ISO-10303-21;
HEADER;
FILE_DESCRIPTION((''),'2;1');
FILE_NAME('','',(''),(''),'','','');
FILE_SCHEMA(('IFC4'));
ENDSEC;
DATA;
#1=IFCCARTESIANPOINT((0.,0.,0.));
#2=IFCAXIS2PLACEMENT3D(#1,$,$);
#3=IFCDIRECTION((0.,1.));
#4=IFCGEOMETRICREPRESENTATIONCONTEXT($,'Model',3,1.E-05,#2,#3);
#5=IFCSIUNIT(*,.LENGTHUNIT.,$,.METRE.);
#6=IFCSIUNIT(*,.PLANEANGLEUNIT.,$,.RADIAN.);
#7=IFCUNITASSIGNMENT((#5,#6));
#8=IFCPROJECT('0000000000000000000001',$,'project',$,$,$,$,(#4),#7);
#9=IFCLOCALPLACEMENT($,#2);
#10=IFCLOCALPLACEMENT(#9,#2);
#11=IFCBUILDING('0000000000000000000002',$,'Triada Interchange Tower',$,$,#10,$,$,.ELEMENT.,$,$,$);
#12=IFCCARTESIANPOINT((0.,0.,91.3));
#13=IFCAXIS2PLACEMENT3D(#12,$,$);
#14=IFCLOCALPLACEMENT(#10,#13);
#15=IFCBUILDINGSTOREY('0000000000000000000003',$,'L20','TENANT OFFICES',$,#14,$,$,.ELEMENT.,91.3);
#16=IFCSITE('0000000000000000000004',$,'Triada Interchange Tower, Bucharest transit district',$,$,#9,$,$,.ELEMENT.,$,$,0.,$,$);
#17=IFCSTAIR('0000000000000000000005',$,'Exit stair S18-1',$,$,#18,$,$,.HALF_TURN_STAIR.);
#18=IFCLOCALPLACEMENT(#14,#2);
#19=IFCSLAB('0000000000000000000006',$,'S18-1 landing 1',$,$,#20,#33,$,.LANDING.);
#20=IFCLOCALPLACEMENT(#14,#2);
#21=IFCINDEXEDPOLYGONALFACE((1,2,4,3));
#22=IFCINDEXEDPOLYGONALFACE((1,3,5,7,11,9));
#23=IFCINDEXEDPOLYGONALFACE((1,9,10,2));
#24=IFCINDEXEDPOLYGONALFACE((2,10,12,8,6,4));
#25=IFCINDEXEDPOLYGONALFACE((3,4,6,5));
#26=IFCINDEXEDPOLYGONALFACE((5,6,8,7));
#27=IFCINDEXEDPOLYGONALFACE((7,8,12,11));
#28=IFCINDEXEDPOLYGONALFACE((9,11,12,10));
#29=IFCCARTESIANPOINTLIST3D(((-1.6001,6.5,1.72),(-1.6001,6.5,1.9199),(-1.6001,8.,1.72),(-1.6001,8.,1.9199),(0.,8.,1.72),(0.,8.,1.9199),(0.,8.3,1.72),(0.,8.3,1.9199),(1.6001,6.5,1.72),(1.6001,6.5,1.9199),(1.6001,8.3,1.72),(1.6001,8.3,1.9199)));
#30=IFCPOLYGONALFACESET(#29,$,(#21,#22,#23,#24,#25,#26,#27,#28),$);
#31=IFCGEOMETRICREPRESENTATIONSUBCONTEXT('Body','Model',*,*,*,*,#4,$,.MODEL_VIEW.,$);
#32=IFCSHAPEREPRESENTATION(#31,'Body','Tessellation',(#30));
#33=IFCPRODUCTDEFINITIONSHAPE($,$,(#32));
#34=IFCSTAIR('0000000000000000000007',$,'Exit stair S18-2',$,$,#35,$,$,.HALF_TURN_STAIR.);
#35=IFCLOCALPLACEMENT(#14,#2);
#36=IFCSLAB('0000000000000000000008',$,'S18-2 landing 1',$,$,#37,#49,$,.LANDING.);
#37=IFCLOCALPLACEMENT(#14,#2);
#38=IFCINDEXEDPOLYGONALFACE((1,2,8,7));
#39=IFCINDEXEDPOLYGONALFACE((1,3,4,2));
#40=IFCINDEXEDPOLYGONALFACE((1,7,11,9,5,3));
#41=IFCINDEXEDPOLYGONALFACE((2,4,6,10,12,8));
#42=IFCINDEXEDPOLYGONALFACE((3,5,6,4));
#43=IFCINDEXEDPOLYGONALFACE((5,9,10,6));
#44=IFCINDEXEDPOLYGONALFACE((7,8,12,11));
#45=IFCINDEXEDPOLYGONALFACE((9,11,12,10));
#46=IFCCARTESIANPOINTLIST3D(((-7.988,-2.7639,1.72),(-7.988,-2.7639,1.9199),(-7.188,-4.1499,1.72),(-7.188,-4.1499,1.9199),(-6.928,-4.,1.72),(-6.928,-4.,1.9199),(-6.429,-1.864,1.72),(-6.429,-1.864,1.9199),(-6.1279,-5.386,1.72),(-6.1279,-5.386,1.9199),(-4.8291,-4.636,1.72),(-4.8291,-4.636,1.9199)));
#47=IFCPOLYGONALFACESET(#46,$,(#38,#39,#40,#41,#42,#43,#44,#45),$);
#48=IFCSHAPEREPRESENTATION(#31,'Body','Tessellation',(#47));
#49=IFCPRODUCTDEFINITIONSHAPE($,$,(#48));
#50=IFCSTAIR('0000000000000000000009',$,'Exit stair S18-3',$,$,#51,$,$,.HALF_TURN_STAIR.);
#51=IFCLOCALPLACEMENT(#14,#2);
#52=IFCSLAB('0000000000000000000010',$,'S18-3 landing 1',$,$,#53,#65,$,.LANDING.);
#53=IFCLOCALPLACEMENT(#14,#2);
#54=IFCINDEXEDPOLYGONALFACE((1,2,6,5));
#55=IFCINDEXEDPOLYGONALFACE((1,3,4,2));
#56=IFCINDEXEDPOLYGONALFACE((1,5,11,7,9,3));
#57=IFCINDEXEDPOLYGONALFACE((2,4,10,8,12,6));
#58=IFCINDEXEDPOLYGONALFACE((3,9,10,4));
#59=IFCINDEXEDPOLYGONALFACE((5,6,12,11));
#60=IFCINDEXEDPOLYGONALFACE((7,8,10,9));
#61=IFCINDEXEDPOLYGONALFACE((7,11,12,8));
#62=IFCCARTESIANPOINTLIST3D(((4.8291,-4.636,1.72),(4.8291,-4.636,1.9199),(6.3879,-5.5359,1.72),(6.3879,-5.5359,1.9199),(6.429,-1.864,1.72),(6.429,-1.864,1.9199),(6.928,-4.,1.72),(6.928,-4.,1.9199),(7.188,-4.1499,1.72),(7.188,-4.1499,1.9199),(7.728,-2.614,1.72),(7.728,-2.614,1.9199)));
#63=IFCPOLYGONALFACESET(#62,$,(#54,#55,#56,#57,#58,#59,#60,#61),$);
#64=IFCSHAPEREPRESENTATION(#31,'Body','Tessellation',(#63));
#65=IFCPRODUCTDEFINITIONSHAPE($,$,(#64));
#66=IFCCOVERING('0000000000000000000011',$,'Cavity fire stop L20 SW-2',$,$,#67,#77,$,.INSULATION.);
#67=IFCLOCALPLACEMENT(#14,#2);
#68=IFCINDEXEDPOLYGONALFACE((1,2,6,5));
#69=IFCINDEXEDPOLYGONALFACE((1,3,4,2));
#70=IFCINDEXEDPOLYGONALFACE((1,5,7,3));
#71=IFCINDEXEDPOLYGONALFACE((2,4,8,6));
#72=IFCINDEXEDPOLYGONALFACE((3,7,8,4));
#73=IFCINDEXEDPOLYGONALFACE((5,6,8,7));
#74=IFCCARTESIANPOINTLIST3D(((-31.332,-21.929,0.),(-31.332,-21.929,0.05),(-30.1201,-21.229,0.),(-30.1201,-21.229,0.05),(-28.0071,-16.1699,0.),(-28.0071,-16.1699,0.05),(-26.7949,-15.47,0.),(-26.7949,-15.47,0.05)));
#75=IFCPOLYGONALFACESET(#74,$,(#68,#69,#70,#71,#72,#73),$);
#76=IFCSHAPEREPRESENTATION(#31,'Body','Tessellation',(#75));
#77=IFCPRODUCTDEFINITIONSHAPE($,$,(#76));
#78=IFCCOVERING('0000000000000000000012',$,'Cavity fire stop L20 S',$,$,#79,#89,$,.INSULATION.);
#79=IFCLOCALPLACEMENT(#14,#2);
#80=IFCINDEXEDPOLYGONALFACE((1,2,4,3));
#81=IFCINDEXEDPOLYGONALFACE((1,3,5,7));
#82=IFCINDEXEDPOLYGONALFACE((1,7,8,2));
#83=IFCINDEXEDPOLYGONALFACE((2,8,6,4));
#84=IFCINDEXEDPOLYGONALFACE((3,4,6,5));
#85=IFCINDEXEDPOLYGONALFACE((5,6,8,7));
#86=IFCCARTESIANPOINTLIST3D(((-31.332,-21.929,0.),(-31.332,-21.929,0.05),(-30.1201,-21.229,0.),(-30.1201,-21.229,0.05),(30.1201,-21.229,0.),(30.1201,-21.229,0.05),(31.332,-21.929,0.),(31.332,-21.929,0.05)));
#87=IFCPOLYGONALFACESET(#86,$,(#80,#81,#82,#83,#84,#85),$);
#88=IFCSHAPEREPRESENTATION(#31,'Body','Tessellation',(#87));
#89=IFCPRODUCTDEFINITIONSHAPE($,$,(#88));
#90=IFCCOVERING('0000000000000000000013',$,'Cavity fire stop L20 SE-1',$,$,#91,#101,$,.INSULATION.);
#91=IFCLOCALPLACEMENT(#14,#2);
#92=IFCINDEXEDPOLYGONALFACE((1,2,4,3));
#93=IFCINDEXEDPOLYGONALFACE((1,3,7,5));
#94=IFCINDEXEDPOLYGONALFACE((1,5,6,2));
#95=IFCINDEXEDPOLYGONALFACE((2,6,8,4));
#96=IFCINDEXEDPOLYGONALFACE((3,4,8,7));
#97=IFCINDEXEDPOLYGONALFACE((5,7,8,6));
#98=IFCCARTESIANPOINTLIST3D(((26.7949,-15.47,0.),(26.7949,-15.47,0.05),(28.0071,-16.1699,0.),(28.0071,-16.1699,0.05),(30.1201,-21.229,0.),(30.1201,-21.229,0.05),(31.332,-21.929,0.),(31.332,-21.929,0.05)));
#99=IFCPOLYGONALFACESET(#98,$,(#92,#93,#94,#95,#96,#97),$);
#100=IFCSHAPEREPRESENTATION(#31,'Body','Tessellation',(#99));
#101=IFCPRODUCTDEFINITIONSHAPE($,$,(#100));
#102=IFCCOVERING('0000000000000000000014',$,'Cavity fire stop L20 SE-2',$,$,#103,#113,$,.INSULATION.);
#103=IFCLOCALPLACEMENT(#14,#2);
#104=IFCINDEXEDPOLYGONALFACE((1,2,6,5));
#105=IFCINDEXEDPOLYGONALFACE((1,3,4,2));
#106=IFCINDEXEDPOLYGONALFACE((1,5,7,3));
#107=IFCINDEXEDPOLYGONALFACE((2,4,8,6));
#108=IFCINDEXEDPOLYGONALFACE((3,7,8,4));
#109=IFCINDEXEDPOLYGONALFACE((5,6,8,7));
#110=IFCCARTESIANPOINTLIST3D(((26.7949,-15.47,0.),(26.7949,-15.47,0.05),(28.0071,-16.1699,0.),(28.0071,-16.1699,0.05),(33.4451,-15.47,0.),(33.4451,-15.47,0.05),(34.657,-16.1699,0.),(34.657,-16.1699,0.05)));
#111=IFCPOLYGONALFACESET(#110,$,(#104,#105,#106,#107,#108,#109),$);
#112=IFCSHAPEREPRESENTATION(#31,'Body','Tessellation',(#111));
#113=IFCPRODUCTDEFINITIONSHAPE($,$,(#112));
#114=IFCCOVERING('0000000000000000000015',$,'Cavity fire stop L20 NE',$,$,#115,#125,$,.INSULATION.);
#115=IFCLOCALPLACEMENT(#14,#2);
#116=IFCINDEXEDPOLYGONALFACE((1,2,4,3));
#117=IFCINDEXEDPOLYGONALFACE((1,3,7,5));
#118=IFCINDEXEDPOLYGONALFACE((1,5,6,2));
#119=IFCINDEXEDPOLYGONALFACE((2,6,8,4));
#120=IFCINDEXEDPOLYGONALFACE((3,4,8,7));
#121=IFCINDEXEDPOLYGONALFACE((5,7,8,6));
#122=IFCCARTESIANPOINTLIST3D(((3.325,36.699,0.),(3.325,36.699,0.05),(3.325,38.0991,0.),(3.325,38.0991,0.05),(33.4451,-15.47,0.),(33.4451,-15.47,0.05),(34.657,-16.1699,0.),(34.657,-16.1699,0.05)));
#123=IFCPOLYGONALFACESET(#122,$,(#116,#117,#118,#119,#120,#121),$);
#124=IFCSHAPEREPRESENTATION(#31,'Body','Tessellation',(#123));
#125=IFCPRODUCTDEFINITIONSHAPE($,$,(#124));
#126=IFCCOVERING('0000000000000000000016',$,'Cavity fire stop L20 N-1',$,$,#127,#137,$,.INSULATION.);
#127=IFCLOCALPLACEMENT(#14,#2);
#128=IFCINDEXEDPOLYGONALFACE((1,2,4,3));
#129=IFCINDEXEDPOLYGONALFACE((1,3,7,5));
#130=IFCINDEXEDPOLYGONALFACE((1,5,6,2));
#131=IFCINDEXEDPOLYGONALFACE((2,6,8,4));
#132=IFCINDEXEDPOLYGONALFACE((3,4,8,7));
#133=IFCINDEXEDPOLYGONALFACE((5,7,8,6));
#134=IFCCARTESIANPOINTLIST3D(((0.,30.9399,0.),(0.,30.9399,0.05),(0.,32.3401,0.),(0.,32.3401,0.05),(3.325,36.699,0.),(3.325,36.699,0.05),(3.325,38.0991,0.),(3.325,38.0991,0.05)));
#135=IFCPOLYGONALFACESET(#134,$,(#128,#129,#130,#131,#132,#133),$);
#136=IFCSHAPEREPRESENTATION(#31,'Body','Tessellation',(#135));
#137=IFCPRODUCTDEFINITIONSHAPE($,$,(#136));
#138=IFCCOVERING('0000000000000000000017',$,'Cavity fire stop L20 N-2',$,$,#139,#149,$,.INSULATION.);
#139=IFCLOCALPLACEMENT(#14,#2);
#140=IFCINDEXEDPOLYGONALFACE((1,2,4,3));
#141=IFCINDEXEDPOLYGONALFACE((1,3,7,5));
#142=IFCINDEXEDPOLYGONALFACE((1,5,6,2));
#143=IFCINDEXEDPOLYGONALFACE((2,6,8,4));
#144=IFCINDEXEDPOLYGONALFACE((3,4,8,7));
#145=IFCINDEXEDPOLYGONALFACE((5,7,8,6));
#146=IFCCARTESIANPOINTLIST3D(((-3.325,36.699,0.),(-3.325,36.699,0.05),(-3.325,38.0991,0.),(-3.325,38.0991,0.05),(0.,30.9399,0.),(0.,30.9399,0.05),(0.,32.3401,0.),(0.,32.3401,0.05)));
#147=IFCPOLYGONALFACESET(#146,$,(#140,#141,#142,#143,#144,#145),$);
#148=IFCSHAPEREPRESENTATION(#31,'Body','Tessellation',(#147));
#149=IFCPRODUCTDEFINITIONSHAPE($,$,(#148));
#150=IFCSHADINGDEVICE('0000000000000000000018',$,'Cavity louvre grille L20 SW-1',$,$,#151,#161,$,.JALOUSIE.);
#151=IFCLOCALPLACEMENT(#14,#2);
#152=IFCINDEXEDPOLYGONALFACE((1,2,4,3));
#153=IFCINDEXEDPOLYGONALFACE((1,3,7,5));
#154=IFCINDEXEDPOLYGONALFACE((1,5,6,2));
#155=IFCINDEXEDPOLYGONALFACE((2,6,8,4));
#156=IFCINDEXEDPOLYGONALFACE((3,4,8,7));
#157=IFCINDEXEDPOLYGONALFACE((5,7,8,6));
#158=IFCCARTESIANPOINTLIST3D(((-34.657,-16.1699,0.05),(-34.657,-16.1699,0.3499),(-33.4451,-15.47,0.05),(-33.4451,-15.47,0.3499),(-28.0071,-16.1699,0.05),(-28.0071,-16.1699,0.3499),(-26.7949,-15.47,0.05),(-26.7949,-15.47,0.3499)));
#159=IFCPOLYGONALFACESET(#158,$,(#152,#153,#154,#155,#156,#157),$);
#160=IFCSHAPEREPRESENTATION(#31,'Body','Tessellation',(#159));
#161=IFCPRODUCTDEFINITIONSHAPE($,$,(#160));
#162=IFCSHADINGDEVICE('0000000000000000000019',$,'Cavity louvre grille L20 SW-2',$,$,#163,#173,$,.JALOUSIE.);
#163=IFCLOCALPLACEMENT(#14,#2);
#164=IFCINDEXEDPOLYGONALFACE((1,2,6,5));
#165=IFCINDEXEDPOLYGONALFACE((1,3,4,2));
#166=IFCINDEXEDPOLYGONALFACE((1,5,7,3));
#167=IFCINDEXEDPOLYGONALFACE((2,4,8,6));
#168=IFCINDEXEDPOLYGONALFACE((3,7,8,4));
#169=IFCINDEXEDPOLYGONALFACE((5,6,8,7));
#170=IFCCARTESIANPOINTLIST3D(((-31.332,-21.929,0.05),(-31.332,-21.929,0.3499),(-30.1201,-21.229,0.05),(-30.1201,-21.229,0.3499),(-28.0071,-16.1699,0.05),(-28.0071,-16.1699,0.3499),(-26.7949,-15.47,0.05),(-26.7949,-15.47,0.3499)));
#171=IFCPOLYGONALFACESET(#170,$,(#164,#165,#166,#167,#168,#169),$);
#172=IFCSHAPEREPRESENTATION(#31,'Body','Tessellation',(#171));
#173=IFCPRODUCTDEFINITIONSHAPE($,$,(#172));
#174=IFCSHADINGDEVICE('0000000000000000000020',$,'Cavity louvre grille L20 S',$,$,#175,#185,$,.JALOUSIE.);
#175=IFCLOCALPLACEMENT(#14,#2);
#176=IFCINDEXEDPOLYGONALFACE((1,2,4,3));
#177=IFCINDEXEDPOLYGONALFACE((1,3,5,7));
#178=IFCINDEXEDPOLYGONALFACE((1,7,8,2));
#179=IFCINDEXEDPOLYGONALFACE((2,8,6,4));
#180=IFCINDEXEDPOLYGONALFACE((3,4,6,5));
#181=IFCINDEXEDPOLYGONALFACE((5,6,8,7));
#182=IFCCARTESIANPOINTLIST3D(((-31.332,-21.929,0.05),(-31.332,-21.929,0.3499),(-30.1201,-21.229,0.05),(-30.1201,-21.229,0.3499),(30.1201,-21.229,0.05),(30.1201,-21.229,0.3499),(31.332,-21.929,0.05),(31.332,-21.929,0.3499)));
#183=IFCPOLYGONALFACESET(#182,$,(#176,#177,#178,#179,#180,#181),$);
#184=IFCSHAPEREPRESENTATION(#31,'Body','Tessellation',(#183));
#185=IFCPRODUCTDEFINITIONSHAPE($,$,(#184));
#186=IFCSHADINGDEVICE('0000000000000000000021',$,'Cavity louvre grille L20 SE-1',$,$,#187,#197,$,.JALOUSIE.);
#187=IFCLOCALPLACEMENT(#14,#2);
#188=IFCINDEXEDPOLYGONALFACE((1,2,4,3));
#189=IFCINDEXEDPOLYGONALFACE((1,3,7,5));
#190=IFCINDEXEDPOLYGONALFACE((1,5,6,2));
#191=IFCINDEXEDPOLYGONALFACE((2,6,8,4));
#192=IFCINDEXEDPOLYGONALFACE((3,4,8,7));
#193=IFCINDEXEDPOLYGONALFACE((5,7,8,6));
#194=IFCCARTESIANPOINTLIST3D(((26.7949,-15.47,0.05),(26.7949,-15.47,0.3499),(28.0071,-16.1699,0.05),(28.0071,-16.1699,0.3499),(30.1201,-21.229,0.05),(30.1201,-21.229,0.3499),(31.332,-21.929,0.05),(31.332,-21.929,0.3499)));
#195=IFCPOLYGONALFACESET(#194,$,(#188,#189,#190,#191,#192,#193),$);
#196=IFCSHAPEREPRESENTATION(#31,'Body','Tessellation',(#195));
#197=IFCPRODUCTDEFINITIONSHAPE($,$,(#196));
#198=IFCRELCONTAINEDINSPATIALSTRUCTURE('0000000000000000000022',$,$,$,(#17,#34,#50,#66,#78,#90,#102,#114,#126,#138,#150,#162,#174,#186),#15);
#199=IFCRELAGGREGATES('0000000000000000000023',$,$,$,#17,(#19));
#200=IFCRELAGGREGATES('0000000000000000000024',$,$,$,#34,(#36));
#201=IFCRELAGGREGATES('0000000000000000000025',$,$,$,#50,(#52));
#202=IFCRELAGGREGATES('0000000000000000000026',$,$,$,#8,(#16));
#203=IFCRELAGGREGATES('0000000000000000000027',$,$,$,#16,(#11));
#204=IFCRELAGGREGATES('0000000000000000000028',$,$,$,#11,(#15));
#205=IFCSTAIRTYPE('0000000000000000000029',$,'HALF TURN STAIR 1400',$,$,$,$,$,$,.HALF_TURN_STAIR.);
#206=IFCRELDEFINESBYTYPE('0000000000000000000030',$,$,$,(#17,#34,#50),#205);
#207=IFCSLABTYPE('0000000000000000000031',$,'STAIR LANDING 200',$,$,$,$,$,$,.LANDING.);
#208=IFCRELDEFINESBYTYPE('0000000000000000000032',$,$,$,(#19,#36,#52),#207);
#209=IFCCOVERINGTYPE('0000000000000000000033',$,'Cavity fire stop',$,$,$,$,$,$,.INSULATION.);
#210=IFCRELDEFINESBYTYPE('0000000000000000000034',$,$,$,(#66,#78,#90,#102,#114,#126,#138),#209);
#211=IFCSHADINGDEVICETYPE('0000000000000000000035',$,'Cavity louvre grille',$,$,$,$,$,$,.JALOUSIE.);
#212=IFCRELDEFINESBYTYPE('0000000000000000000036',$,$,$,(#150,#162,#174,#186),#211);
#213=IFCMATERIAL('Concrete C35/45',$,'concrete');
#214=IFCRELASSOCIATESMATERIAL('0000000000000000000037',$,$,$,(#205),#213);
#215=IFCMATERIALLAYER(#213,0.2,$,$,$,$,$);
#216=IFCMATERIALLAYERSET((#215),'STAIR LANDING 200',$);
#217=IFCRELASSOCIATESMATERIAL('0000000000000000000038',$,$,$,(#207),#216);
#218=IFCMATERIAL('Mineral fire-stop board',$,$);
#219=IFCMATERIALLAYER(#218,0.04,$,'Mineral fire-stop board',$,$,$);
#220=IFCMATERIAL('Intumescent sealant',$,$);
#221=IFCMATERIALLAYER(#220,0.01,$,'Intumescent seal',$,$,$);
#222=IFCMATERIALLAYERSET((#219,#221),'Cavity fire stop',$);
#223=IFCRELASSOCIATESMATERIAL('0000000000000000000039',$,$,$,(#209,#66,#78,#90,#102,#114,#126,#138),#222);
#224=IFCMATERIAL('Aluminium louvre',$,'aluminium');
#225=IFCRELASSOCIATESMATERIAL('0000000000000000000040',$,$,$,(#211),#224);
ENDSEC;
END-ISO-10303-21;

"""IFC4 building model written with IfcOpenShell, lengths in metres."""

from ifc_helpers import new_model, si_unit, direction, frame, origin, place, context, subcontext, project, spatial, polyline, outline, extrude, material, layer, layer_set, layer_usage, type_object, element, aggregate, save


model = new_model("IFC4")

# Units and contexts
model_context = context("Model", 3, precision=1e-05, world=origin(), true_north=direction((0.0, 1.0)))
body_context = subcontext(model_context, "Body", "Model", "MODEL_VIEW")
ifc_project = project(units=[si_unit("LENGTHUNIT", "METRE"), si_unit("PLANEANGLEUNIT", "RADIAN")], contexts=[model_context])

# Site, building, storey
site_placement = place(None, origin())
site = spatial("IfcSite", under=ifc_project, at=site_placement, Name="Triada Interchange Tower, Bucharest transit district", CompositionType="ELEMENT", RefElevation=0.0)
building_placement = place(site_placement, origin())
building = spatial("IfcBuilding", under=site, at=building_placement, Name="Triada Interchange Tower", CompositionType="ELEMENT")
storey_placement = place(building_placement, frame((0.0, 0.0, 91.3)))
storey = spatial("IfcBuildingStorey", under=building, at=storey_placement, Name="L20", Description="TENANT OFFICES", CompositionType="ELEMENT", Elevation=91.3)

# Stairs, slabs
ifc_material_1 = material(Name="Concrete C35/45", Category="concrete")
stair_type = type_object("IfcStairType", Name="HALF TURN STAIR 1400", PredefinedType="HALF_TURN_STAIR", material=ifc_material_1)
stair_1_placement = place(storey_placement, origin())
stair_1 = element("IfcStair", 1, at=stair_1_placement, inside=storey, type_object=stair_type, Name="Exit stair S18-1", PredefinedType="HALF_TURN_STAIR")
ifc_layer_1 = layer(ifc_material_1, 0.2)
ifc_layer_set_1 = layer_set([ifc_layer_1], Name="STAIR LANDING 200")
slab_type = type_object("IfcSlabType", Name="STAIR LANDING 200", PredefinedType="LANDING", material=ifc_layer_set_1)
slab_1_placement = place(storey_placement, frame((0.0, 0.0, 1.72)))
slab_1 = element("IfcSlab", 2, at=slab_1_placement, type_object=slab_type, Name="S18-1 landing 1", PredefinedType="LANDING", context=body_context, shape_type="SweptSolid", body=[
    extrude(outline(polyline([(1.6001, 6.5), (1.6001, 8.3), (0.0, 8.3), (0.0, 8.0), (-1.6001, 8.0), (-1.6001, 6.5), (1.6001, 6.5)])), origin(), (0.0, 0.0, 1.0), 0.2),
])
aggregate(stair_1, [slab_1])
stair_2_placement = place(storey_placement, origin())
stair_2 = element("IfcStair", 3, at=stair_2_placement, inside=storey, type_object=stair_type, Name="Exit stair S18-2", PredefinedType="HALF_TURN_STAIR")
slab_2_placement = place(storey_placement, frame((0.0, 0.0, 1.72)))
slab_2 = element("IfcSlab", 4, at=slab_2_placement, type_object=slab_type, Name="S18-2 landing 1", PredefinedType="LANDING", context=body_context, shape_type="SweptSolid", body=[
    extrude(outline(polyline([(-6.429, -1.864), (-7.988, -2.7639), (-7.188, -4.1499), (-6.928, -4.0), (-6.1279, -5.386), (-4.8291, -4.636), (-6.429, -1.864)])), origin(), (0.0, 0.0, 1.0), 0.2),
])
aggregate(stair_2, [slab_2])
stair_3_placement = place(storey_placement, origin())
stair_3 = element("IfcStair", 5, at=stair_3_placement, inside=storey, type_object=stair_type, Name="Exit stair S18-3", PredefinedType="HALF_TURN_STAIR")
slab_3_placement = place(storey_placement, frame((0.0, 0.0, 1.72)))
slab_3 = element("IfcSlab", 6, at=slab_3_placement, type_object=slab_type, Name="S18-3 landing 1", PredefinedType="LANDING", context=body_context, shape_type="SweptSolid", body=[
    extrude(outline(polyline([(4.8291, -4.636), (6.3879, -5.5359), (7.188, -4.1499), (6.928, -4.0), (7.728, -2.614), (6.429, -1.864), (4.8291, -4.636)])), origin(), (0.0, 0.0, 1.0), 0.2),
])
aggregate(stair_3, [slab_3])

# Coverings
ifc_material_2 = material(Name="Mineral fire-stop board")
ifc_layer_2 = layer(ifc_material_2, 0.04, Name="Mineral fire-stop board")
ifc_material_3 = material(Name="Intumescent sealant")
ifc_layer_3 = layer(ifc_material_3, 0.01, Name="Intumescent seal")
ifc_layer_set_2 = layer_set([ifc_layer_2, ifc_layer_3], Name="Cavity fire stop")
ifc_layer_usage = layer_usage(ifc_layer_set_2, "AXIS3", "POSITIVE", 0.0)
covering_type = type_object("IfcCoveringType", Name="Cavity fire stop", PredefinedType="INSULATION", material=ifc_layer_set_2)
covering_1_placement = place(storey_placement, origin())
element("IfcCovering", 7, at=covering_1_placement, inside=storey, type_object=covering_type, material=ifc_layer_usage, Name="Cavity fire stop L20 SW-2", PredefinedType="INSULATION", context=body_context, shape_type="SweptSolid", body=[
    extrude(outline(polyline([(-26.7949, -15.47), (-28.0071, -16.1699), (-31.332, -21.929), (-30.1201, -21.229), (-26.7949, -15.47)])), origin(), (0.0, 0.0, 1.0), 0.05),
])
covering_2_placement = place(storey_placement, origin())
element("IfcCovering", 8, at=covering_2_placement, inside=storey, type_object=covering_type, material=ifc_layer_usage, Name="Cavity fire stop L20 S", PredefinedType="INSULATION", context=body_context, shape_type="SweptSolid", body=[
    extrude(outline(polyline([(-30.1201, -21.229), (-31.332, -21.929), (31.332, -21.929), (30.1201, -21.229), (-30.1201, -21.229)])), origin(), (0.0, 0.0, 1.0), 0.05),
])
covering_3_placement = place(storey_placement, origin())
element("IfcCovering", 9, at=covering_3_placement, inside=storey, type_object=covering_type, material=ifc_layer_usage, Name="Cavity fire stop L20 SE-1", PredefinedType="INSULATION", context=body_context, shape_type="SweptSolid", body=[
    extrude(outline(polyline([(30.1201, -21.229), (31.332, -21.929), (28.0071, -16.1699), (26.7949, -15.47), (30.1201, -21.229)])), origin(), (0.0, 0.0, 1.0), 0.05),
])
covering_4_placement = place(storey_placement, origin())
element("IfcCovering", 10, at=covering_4_placement, inside=storey, type_object=covering_type, material=ifc_layer_usage, Name="Cavity fire stop L20 SE-2", PredefinedType="INSULATION", context=body_context, shape_type="SweptSolid", body=[
    extrude(outline(polyline([(26.7949, -15.47), (28.0071, -16.1699), (34.657, -16.1699), (33.4451, -15.47), (26.7949, -15.47)])), origin(), (0.0, 0.0, 1.0), 0.05),
])
covering_5_placement = place(storey_placement, origin())
element("IfcCovering", 11, at=covering_5_placement, inside=storey, type_object=covering_type, material=ifc_layer_usage, Name="Cavity fire stop L20 NE", PredefinedType="INSULATION", context=body_context, shape_type="SweptSolid", body=[
    extrude(outline(polyline([(33.4451, -15.47), (34.657, -16.1699), (3.325, 38.0991), (3.325, 36.699), (33.4451, -15.47)])), origin(), (0.0, 0.0, 1.0), 0.05),
])
covering_6_placement = place(storey_placement, origin())
element("IfcCovering", 12, at=covering_6_placement, inside=storey, type_object=covering_type, material=ifc_layer_usage, Name="Cavity fire stop L20 N-1", PredefinedType="INSULATION", context=body_context, shape_type="SweptSolid", body=[
    extrude(outline(polyline([(3.325, 36.699), (3.325, 38.0991), (0.0, 32.3401), (0.0, 30.9399), (3.325, 36.699)])), origin(), (0.0, 0.0, 1.0), 0.05),
])
covering_7_placement = place(storey_placement, origin())
element("IfcCovering", 13, at=covering_7_placement, inside=storey, type_object=covering_type, material=ifc_layer_usage, Name="Cavity fire stop L20 N-2", PredefinedType="INSULATION", context=body_context, shape_type="SweptSolid", body=[
    extrude(outline(polyline([(0.0, 30.9399), (0.0, 32.3401), (-3.325, 38.0991), (-3.325, 36.699), (0.0, 30.9399)])), origin(), (0.0, 0.0, 1.0), 0.05),
])

# Shading devices
ifc_material_4 = material(Name="Aluminium louvre", Category="aluminium")
shading_device_type = type_object("IfcShadingDeviceType", Name="Cavity louvre grille", PredefinedType="JALOUSIE", material=ifc_material_4)
shading_device_1_placement = place(storey_placement, frame((0.0, 0.0, 0.05)))
element("IfcShadingDevice", 14, at=shading_device_1_placement, inside=storey, type_object=shading_device_type, Name="Cavity louvre grille L20 SW-1", PredefinedType="JALOUSIE", context=body_context, shape_type="SweptSolid", body=[
    extrude(outline(polyline([(-33.4451, -15.47), (-34.657, -16.1699), (-28.0071, -16.1699), (-26.7949, -15.47), (-33.4451, -15.47)])), origin(), (0.0, 0.0, 1.0), 0.2998),
])
shading_device_2_placement = place(storey_placement, frame((0.0, 0.0, 0.05)))
element("IfcShadingDevice", 15, at=shading_device_2_placement, inside=storey, type_object=shading_device_type, Name="Cavity louvre grille L20 SW-2", PredefinedType="JALOUSIE", context=body_context, shape_type="SweptSolid", body=[
    extrude(outline(polyline([(-26.7949, -15.47), (-28.0071, -16.1699), (-31.332, -21.929), (-30.1201, -21.229), (-26.7949, -15.47)])), origin(), (0.0, 0.0, 1.0), 0.2998),
])
shading_device_3_placement = place(storey_placement, frame((0.0, 0.0, 0.05)))
element("IfcShadingDevice", 16, at=shading_device_3_placement, inside=storey, type_object=shading_device_type, Name="Cavity louvre grille L20 S", PredefinedType="JALOUSIE", context=body_context, shape_type="SweptSolid", body=[
    extrude(outline(polyline([(-30.1201, -21.229), (-31.332, -21.929), (31.332, -21.929), (30.1201, -21.229), (-30.1201, -21.229)])), origin(), (0.0, 0.0, 1.0), 0.2998),
])
shading_device_4_placement = place(storey_placement, frame((0.0, 0.0, 0.05)))
element("IfcShadingDevice", 17, at=shading_device_4_placement, inside=storey, type_object=shading_device_type, Name="Cavity louvre grille L20 SE-1", PredefinedType="JALOUSIE", context=body_context, shape_type="SweptSolid", body=[
    extrude(outline(polyline([(30.1201, -21.229), (31.332, -21.929), (28.0071, -16.1699), (26.7949, -15.47), (30.1201, -21.229)])), origin(), (0.0, 0.0, 1.0), 0.2998),
])

save(model, "model.ifc")
